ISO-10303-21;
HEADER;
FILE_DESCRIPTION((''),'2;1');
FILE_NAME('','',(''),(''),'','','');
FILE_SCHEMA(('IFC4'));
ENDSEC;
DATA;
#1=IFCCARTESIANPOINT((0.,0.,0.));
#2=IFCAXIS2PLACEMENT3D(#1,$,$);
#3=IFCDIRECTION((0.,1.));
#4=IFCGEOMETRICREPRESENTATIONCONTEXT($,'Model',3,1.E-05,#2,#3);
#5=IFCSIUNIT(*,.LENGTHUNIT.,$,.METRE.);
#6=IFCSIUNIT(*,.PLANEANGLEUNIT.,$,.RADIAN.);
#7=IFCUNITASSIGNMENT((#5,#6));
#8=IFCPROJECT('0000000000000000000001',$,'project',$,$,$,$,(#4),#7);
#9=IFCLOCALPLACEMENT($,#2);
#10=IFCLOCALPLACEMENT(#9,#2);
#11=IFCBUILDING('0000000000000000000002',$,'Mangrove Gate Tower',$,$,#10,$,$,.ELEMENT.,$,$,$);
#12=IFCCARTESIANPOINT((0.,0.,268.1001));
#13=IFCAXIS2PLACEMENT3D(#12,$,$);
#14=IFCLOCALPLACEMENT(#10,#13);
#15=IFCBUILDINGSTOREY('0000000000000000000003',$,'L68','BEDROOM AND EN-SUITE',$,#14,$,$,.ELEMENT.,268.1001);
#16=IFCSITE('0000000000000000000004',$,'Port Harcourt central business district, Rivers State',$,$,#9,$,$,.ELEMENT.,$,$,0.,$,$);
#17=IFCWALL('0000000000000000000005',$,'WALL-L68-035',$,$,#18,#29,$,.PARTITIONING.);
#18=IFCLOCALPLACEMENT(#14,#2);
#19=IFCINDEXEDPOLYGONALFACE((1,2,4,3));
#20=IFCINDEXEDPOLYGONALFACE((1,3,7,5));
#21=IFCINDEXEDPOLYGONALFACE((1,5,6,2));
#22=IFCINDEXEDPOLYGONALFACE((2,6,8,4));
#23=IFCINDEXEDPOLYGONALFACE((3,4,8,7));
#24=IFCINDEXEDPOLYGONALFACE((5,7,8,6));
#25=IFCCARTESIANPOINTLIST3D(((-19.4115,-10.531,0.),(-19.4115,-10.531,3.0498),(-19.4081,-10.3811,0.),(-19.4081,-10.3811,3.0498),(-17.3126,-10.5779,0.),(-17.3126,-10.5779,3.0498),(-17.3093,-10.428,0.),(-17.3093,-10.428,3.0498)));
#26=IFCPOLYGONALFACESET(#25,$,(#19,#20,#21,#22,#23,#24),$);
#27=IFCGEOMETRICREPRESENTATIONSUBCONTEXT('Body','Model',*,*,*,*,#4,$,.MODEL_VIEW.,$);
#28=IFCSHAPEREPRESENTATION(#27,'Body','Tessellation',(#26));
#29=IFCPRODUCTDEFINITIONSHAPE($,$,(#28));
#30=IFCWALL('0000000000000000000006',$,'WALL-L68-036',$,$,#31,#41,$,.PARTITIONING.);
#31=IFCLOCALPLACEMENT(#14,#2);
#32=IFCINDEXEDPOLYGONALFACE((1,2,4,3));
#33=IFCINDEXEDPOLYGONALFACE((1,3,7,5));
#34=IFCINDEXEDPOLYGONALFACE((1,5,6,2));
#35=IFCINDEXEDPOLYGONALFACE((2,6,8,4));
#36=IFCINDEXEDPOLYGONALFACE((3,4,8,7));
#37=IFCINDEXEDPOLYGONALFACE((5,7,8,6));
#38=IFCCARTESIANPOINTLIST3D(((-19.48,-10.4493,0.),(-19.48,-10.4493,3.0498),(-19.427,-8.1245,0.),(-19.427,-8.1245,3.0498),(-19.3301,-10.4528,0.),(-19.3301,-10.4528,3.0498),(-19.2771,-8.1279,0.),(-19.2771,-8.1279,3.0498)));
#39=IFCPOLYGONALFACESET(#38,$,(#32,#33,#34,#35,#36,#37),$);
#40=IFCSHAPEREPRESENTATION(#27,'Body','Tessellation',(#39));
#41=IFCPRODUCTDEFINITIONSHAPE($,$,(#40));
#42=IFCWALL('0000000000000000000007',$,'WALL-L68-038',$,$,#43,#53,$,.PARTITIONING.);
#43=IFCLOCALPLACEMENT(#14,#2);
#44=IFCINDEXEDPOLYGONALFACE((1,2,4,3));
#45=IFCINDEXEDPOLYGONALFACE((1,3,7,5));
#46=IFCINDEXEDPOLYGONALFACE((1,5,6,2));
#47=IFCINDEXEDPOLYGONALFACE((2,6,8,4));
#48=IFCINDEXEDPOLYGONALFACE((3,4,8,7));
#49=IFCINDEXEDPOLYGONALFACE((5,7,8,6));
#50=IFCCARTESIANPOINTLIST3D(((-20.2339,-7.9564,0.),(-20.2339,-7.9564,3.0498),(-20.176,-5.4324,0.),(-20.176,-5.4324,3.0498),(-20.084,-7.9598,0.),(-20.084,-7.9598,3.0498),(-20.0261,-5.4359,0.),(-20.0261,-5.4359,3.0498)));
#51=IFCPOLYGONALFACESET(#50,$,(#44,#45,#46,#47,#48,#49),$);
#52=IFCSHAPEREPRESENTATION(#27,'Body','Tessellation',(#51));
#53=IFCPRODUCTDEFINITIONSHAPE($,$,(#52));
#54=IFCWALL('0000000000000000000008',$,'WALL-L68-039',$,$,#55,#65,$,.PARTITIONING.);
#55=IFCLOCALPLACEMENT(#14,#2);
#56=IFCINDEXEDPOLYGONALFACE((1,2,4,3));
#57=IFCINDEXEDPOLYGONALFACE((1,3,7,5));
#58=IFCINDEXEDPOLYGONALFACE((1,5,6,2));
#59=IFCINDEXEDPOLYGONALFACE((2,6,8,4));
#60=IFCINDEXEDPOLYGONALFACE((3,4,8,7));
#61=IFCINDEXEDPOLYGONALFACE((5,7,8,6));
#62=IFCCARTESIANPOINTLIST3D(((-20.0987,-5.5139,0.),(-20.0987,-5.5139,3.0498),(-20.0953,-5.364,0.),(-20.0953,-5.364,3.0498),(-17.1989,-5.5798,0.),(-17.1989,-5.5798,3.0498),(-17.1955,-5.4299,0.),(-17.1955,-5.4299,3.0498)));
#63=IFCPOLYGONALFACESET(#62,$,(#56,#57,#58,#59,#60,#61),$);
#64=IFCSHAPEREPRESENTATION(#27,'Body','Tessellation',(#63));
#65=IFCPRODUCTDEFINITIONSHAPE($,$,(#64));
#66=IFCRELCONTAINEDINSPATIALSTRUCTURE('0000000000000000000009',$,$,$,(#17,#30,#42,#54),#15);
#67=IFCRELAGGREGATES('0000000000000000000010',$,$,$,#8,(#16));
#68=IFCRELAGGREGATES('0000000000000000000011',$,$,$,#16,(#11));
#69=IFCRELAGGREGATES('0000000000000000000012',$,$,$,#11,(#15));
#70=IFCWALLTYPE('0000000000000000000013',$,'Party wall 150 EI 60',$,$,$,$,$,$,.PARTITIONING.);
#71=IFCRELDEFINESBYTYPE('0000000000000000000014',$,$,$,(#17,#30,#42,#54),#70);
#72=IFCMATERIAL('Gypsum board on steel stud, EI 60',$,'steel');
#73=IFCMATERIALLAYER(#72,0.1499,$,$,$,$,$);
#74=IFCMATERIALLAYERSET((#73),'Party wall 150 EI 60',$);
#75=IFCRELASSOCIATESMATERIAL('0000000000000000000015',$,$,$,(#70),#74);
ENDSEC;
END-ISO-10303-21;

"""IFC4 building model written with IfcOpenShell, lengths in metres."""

from ifc_helpers import new_model, si_unit, direction, frame, frame_2d, origin, place, context, subcontext, project, spatial, rectangle, extrude, material, layer, layer_set, type_object, element, save


model = new_model("IFC4")

# Units and contexts
model_context = context("Model", 3, precision=1e-05, world=origin(), true_north=direction((0.0, 1.0)))
body_context = subcontext(model_context, "Body", "Model", "MODEL_VIEW")
ifc_project = project(units=[si_unit("LENGTHUNIT", "METRE"), si_unit("PLANEANGLEUNIT", "RADIAN")], contexts=[model_context])

# Site, building, storey
site_placement = place(None, origin())
site = spatial("IfcSite", under=ifc_project, at=site_placement, Name="Port Harcourt central business district, Rivers State", CompositionType="ELEMENT", RefElevation=0.0)
building_placement = place(site_placement, origin())
building = spatial("IfcBuilding", under=site, at=building_placement, Name="Mangrove Gate Tower", CompositionType="ELEMENT")
storey_placement = place(building_placement, frame((0.0, 0.0, 268.1001)))
storey = spatial("IfcBuildingStorey", under=building, at=storey_placement, Name="L68", Description="BEDROOM AND EN-SUITE", CompositionType="ELEMENT", Elevation=268.1001)

# Walls
ifc_material_1 = material(Name="Gypsum board on steel stud, EI 60", Category="steel")
ifc_layer_1 = layer(ifc_material_1, 0.1499)
ifc_layer_set_1 = layer_set([ifc_layer_1], Name="Party wall 150 EI 60")
wall_type_1 = type_object("IfcWallType", Name="Party wall 150 EI 60", PredefinedType="PARTITIONING", material=ifc_layer_set_1)
wall_1_placement = place(storey_placement, frame((-19.4099, -10.4561, 0.0), z_axis=(0.0, 0.0, 1.0), x_axis=(0.999751, -0.022328, 0.0)))
element("IfcWall", 1, at=wall_1_placement, inside=storey, type_object=wall_type_1, Name="WALL-L68-035", PredefinedType="PARTITIONING", context=body_context, shape_type="SweptSolid", body=[
    extrude(rectangle(XDim=2.0994, YDim=0.1499, at=frame_2d((1.0498, 0.0))), origin(), (0.0, 0.0, 1.0), 3.0498),
])
wall_2_placement = place(storey_placement, frame((-19.405, -10.4509, 0.0), z_axis=(0.0, 0.0, 1.0), x_axis=(0.022781, 0.99974, 0.0)))
element("IfcWall", 2, at=wall_2_placement, inside=storey, type_object=wall_type_1, Name="WALL-L68-036", PredefinedType="PARTITIONING", context=body_context, shape_type="SweptSolid", body=[
    extrude(rectangle(XDim=2.3254, YDim=0.1499, at=frame_2d((1.1626, 0.0))), origin(), (0.0, 0.0, 1.0), 3.0498),
])
wall_3_placement = place(storey_placement, frame((-20.1589, -7.958, 0.0), z_axis=(0.0, 0.0, 1.0), x_axis=(0.022919, 0.999737, 0.0)))
element("IfcWall", 3, at=wall_3_placement, inside=storey, type_object=wall_type_1, Name="WALL-L68-038", PredefinedType="PARTITIONING", context=body_context, shape_type="SweptSolid", body=[
    extrude(rectangle(XDim=2.5247, YDim=0.1499, at=frame_2d((1.2622, 0.0))), origin(), (0.0, 0.0, 1.0), 3.0498),
])
wall_4_placement = place(storey_placement, frame((-20.0969, -5.439, 0.0), z_axis=(0.0, 0.0, 1.0), x_axis=(0.999742, -0.022725, 0.0)))
element("IfcWall", 4, at=wall_4_placement, inside=storey, type_object=wall_type_1, Name="WALL-L68-039", PredefinedType="PARTITIONING", context=body_context, shape_type="SweptSolid", body=[
    extrude(rectangle(XDim=2.9006, YDim=0.1499, at=frame_2d((1.4502, 0.0))), origin(), (0.0, 0.0, 1.0), 3.0498),
])

save(model, "model.ifc")
